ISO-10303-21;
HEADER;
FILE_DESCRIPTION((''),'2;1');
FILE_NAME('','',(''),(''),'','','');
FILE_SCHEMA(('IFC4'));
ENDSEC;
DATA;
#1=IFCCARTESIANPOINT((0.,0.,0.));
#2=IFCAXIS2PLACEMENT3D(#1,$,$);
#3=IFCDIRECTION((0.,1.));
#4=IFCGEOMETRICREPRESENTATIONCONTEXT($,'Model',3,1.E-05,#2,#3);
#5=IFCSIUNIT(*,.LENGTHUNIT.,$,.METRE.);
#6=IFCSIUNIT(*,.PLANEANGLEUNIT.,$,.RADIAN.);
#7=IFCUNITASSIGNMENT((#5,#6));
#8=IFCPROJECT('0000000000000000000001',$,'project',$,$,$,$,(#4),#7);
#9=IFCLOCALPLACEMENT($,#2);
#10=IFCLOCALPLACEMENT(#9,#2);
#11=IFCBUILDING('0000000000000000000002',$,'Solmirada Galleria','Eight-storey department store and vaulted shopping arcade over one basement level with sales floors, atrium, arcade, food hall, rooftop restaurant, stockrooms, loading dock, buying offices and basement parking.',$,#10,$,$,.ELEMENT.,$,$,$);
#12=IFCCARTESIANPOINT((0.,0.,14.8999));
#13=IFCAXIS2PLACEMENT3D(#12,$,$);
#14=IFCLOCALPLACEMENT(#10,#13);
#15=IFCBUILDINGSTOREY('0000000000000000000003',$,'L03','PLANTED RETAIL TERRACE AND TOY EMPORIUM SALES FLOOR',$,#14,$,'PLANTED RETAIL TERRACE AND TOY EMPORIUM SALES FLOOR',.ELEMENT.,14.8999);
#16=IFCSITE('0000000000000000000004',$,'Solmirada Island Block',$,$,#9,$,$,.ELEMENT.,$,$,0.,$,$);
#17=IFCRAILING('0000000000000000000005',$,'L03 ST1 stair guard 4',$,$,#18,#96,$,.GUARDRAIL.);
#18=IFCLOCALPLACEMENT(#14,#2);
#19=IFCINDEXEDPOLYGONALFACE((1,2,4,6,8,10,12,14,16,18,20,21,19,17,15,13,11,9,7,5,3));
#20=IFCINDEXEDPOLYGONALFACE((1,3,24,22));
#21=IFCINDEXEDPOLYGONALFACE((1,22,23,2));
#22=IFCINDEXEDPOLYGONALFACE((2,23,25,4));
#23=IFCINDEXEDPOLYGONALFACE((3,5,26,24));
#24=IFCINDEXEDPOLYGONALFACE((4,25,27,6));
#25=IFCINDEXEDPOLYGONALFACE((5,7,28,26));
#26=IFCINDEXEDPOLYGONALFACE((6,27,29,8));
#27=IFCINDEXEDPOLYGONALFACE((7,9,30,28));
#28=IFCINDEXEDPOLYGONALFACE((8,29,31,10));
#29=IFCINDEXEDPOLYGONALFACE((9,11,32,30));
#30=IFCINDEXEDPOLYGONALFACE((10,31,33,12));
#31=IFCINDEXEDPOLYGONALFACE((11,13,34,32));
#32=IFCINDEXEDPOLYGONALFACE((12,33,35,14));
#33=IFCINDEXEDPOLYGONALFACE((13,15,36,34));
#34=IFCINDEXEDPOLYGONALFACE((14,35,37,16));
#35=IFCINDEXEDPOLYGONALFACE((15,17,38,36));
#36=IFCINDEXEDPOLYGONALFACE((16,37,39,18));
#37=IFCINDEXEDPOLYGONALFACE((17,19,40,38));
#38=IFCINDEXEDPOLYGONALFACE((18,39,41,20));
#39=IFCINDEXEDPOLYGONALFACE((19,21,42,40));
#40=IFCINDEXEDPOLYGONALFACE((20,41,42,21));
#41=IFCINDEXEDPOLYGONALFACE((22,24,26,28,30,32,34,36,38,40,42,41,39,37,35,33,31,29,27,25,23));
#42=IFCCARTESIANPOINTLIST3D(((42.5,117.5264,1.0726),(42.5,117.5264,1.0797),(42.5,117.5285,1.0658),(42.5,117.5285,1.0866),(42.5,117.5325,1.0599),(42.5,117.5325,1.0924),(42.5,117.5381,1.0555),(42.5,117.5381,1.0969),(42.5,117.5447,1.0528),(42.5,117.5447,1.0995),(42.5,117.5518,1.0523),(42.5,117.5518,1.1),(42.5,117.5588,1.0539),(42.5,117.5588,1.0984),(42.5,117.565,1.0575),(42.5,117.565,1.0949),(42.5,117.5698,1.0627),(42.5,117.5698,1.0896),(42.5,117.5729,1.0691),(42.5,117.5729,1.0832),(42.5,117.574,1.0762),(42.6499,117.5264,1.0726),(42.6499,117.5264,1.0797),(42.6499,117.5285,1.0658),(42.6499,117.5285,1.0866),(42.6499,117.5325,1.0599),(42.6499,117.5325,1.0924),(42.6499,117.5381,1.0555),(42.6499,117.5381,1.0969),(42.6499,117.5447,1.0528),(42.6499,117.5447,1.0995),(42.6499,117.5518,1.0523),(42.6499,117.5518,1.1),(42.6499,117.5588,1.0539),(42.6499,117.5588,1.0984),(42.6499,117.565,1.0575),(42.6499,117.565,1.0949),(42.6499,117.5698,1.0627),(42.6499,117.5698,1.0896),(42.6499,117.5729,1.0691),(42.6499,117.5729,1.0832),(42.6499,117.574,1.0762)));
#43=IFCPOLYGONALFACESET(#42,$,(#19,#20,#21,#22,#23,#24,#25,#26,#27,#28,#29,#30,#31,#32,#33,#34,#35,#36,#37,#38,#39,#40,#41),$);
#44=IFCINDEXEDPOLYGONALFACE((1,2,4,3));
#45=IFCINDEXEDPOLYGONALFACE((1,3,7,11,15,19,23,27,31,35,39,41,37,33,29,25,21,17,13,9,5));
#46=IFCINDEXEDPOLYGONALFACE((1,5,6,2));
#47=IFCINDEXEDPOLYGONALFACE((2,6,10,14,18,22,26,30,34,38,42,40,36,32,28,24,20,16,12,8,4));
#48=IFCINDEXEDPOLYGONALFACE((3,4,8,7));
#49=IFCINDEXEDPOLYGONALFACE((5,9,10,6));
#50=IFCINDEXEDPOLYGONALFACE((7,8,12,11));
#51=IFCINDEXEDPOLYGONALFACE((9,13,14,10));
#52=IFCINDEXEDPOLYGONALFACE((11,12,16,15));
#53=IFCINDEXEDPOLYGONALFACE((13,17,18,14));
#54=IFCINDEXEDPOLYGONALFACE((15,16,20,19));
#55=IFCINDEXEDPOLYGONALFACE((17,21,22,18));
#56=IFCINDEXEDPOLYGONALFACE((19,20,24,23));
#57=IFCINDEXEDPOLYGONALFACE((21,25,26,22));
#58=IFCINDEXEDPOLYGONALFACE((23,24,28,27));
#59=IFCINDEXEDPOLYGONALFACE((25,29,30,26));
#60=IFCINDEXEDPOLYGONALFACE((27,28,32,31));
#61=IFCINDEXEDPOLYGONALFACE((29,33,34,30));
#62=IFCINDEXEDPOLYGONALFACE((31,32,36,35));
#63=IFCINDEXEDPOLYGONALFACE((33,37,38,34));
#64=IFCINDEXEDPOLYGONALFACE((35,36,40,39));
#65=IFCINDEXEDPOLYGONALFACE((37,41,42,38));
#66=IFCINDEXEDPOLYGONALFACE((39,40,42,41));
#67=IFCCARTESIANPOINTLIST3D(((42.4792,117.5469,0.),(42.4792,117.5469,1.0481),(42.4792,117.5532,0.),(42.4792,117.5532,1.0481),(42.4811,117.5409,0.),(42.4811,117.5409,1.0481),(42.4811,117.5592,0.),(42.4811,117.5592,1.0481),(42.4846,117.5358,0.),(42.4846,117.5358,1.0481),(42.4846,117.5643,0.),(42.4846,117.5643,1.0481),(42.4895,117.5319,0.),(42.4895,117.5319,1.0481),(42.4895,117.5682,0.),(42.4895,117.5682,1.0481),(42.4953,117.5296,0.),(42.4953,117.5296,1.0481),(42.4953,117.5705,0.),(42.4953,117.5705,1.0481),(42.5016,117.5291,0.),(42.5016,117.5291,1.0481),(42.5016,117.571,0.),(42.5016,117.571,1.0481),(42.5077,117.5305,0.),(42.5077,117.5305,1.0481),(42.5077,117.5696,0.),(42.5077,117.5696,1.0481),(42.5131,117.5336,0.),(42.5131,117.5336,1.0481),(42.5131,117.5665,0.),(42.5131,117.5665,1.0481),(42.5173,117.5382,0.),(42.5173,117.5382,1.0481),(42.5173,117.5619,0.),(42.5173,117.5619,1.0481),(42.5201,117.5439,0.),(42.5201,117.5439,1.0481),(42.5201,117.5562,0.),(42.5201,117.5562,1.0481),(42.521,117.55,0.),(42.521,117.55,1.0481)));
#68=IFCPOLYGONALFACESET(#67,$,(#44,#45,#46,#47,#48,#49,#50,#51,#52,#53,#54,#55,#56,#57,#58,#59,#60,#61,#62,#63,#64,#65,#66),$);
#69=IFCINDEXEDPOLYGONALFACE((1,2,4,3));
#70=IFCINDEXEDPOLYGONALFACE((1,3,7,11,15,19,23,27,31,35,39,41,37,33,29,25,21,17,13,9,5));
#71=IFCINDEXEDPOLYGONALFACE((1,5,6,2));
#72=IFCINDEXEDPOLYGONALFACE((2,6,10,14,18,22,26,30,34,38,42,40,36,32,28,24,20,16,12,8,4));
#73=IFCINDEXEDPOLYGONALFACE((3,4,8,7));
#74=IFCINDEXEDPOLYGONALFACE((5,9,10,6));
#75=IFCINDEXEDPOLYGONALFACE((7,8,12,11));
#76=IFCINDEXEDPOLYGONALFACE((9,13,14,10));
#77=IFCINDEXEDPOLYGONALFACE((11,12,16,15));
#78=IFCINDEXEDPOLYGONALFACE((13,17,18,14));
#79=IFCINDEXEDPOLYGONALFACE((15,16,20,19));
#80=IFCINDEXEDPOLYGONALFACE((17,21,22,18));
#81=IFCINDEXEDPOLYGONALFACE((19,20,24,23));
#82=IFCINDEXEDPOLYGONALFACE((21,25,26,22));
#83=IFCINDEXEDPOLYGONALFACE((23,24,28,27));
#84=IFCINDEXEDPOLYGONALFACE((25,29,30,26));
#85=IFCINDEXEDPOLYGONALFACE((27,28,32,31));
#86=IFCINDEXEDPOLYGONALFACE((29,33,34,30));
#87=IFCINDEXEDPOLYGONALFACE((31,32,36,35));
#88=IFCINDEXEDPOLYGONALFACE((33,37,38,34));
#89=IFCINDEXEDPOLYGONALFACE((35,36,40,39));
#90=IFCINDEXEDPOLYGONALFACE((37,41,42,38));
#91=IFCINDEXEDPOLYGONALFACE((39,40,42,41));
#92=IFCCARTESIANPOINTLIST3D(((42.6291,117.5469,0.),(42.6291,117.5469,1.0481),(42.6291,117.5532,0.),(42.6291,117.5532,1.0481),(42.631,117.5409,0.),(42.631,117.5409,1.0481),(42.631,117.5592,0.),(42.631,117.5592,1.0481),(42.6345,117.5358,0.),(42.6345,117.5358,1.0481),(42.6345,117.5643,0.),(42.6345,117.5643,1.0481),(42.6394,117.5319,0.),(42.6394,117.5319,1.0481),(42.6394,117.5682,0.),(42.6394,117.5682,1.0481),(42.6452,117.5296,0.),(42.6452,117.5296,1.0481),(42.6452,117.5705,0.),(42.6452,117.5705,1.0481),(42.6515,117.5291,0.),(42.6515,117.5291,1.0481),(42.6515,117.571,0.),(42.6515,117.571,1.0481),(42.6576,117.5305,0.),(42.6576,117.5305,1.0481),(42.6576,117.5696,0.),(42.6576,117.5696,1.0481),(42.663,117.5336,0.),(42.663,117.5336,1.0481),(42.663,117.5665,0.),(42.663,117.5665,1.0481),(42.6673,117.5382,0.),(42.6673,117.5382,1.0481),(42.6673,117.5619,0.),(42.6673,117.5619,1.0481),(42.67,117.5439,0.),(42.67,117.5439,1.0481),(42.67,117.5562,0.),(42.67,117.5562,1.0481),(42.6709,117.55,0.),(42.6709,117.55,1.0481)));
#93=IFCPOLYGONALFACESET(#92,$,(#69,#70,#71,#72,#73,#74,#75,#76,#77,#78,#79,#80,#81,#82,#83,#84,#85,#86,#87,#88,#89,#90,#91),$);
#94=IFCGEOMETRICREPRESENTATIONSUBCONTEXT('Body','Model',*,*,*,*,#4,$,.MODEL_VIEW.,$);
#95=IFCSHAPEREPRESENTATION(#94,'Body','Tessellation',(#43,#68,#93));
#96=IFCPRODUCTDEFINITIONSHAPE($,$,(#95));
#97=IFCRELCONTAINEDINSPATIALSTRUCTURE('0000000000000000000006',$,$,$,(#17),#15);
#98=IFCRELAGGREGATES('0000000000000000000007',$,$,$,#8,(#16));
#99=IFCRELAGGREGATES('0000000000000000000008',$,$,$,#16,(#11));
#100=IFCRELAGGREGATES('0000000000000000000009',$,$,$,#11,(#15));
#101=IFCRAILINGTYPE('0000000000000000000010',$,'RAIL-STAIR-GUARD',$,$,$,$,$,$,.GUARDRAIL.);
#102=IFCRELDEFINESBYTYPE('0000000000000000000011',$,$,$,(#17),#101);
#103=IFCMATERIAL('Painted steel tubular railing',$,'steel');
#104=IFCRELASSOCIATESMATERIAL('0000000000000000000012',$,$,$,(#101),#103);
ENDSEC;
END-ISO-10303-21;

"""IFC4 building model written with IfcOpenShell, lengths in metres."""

from ifc_helpers import new_model, si_unit, direction, frame, origin, origin_2d, place, context, subcontext, project, spatial, circle, extrude, material, type_object, element, save


model = new_model("IFC4")

# Units and contexts
model_context = context("Model", 3, precision=1e-05, world=origin(), true_north=direction((0.0, 1.0)))
body_context = subcontext(model_context, "Body", "Model", "MODEL_VIEW")
ifc_project = project(units=[si_unit("LENGTHUNIT", "METRE"), si_unit("PLANEANGLEUNIT", "RADIAN")], contexts=[model_context])

# Site, building, storey
site_placement = place(None, origin())
site = spatial("IfcSite", under=ifc_project, at=site_placement, Name="Solmirada Island Block", CompositionType="ELEMENT", RefElevation=0.0)
building_placement = place(site_placement, origin())
building = spatial("IfcBuilding", under=site, at=building_placement, Name="Solmirada Galleria", Description="Eight-storey department store and vaulted shopping arcade over one basement level with sales floors, atrium, arcade, food hall, rooftop restaurant, stockrooms, loading dock, buying offices and basement parking.", CompositionType="ELEMENT")
storey_placement = place(building_placement, frame((0.0, 0.0, 14.8999)))
storey = spatial("IfcBuildingStorey", under=building, at=storey_placement, Name="L03", Description="PLANTED RETAIL TERRACE AND TOY EMPORIUM SALES FLOOR", LongName="PLANTED RETAIL TERRACE AND TOY EMPORIUM SALES FLOOR", CompositionType="ELEMENT", Elevation=14.8999)

# Railing
ifc_material_1 = material(Name="Painted steel tubular railing", Category="steel")
railing_type_1 = type_object("IfcRailingType", Name="RAIL-STAIR-GUARD", PredefinedType="GUARDRAIL", material=ifc_material_1)
railing_1_placement = place(storey_placement, frame((42.5, 117.55, 0.0)))
element("IfcRailing", 1, at=railing_1_placement, inside=storey, type_object=railing_type_1, Name="L03 ST1 stair guard 4", PredefinedType="GUARDRAIL", context=body_context, shape_type="SweptSolid", body=[
    extrude(circle(Radius=0.0239, at=origin_2d()), frame((0.0, 0.0, 1.0762), z_axis=(1.0, 0.0, 0.0), x_axis=(0.0, 1.0, 0.0)), (0.0, 0.0, 1.0), 0.1499),
    extrude(circle(Radius=0.021, at=origin_2d()), origin(), (0.0, 0.0, 1.0), 1.0481),
    extrude(circle(Radius=0.021, at=origin_2d()), frame((0.1499, 0.0, 0.0)), (0.0, 0.0, 1.0), 1.0481),
])

save(model, "model.ifc")
